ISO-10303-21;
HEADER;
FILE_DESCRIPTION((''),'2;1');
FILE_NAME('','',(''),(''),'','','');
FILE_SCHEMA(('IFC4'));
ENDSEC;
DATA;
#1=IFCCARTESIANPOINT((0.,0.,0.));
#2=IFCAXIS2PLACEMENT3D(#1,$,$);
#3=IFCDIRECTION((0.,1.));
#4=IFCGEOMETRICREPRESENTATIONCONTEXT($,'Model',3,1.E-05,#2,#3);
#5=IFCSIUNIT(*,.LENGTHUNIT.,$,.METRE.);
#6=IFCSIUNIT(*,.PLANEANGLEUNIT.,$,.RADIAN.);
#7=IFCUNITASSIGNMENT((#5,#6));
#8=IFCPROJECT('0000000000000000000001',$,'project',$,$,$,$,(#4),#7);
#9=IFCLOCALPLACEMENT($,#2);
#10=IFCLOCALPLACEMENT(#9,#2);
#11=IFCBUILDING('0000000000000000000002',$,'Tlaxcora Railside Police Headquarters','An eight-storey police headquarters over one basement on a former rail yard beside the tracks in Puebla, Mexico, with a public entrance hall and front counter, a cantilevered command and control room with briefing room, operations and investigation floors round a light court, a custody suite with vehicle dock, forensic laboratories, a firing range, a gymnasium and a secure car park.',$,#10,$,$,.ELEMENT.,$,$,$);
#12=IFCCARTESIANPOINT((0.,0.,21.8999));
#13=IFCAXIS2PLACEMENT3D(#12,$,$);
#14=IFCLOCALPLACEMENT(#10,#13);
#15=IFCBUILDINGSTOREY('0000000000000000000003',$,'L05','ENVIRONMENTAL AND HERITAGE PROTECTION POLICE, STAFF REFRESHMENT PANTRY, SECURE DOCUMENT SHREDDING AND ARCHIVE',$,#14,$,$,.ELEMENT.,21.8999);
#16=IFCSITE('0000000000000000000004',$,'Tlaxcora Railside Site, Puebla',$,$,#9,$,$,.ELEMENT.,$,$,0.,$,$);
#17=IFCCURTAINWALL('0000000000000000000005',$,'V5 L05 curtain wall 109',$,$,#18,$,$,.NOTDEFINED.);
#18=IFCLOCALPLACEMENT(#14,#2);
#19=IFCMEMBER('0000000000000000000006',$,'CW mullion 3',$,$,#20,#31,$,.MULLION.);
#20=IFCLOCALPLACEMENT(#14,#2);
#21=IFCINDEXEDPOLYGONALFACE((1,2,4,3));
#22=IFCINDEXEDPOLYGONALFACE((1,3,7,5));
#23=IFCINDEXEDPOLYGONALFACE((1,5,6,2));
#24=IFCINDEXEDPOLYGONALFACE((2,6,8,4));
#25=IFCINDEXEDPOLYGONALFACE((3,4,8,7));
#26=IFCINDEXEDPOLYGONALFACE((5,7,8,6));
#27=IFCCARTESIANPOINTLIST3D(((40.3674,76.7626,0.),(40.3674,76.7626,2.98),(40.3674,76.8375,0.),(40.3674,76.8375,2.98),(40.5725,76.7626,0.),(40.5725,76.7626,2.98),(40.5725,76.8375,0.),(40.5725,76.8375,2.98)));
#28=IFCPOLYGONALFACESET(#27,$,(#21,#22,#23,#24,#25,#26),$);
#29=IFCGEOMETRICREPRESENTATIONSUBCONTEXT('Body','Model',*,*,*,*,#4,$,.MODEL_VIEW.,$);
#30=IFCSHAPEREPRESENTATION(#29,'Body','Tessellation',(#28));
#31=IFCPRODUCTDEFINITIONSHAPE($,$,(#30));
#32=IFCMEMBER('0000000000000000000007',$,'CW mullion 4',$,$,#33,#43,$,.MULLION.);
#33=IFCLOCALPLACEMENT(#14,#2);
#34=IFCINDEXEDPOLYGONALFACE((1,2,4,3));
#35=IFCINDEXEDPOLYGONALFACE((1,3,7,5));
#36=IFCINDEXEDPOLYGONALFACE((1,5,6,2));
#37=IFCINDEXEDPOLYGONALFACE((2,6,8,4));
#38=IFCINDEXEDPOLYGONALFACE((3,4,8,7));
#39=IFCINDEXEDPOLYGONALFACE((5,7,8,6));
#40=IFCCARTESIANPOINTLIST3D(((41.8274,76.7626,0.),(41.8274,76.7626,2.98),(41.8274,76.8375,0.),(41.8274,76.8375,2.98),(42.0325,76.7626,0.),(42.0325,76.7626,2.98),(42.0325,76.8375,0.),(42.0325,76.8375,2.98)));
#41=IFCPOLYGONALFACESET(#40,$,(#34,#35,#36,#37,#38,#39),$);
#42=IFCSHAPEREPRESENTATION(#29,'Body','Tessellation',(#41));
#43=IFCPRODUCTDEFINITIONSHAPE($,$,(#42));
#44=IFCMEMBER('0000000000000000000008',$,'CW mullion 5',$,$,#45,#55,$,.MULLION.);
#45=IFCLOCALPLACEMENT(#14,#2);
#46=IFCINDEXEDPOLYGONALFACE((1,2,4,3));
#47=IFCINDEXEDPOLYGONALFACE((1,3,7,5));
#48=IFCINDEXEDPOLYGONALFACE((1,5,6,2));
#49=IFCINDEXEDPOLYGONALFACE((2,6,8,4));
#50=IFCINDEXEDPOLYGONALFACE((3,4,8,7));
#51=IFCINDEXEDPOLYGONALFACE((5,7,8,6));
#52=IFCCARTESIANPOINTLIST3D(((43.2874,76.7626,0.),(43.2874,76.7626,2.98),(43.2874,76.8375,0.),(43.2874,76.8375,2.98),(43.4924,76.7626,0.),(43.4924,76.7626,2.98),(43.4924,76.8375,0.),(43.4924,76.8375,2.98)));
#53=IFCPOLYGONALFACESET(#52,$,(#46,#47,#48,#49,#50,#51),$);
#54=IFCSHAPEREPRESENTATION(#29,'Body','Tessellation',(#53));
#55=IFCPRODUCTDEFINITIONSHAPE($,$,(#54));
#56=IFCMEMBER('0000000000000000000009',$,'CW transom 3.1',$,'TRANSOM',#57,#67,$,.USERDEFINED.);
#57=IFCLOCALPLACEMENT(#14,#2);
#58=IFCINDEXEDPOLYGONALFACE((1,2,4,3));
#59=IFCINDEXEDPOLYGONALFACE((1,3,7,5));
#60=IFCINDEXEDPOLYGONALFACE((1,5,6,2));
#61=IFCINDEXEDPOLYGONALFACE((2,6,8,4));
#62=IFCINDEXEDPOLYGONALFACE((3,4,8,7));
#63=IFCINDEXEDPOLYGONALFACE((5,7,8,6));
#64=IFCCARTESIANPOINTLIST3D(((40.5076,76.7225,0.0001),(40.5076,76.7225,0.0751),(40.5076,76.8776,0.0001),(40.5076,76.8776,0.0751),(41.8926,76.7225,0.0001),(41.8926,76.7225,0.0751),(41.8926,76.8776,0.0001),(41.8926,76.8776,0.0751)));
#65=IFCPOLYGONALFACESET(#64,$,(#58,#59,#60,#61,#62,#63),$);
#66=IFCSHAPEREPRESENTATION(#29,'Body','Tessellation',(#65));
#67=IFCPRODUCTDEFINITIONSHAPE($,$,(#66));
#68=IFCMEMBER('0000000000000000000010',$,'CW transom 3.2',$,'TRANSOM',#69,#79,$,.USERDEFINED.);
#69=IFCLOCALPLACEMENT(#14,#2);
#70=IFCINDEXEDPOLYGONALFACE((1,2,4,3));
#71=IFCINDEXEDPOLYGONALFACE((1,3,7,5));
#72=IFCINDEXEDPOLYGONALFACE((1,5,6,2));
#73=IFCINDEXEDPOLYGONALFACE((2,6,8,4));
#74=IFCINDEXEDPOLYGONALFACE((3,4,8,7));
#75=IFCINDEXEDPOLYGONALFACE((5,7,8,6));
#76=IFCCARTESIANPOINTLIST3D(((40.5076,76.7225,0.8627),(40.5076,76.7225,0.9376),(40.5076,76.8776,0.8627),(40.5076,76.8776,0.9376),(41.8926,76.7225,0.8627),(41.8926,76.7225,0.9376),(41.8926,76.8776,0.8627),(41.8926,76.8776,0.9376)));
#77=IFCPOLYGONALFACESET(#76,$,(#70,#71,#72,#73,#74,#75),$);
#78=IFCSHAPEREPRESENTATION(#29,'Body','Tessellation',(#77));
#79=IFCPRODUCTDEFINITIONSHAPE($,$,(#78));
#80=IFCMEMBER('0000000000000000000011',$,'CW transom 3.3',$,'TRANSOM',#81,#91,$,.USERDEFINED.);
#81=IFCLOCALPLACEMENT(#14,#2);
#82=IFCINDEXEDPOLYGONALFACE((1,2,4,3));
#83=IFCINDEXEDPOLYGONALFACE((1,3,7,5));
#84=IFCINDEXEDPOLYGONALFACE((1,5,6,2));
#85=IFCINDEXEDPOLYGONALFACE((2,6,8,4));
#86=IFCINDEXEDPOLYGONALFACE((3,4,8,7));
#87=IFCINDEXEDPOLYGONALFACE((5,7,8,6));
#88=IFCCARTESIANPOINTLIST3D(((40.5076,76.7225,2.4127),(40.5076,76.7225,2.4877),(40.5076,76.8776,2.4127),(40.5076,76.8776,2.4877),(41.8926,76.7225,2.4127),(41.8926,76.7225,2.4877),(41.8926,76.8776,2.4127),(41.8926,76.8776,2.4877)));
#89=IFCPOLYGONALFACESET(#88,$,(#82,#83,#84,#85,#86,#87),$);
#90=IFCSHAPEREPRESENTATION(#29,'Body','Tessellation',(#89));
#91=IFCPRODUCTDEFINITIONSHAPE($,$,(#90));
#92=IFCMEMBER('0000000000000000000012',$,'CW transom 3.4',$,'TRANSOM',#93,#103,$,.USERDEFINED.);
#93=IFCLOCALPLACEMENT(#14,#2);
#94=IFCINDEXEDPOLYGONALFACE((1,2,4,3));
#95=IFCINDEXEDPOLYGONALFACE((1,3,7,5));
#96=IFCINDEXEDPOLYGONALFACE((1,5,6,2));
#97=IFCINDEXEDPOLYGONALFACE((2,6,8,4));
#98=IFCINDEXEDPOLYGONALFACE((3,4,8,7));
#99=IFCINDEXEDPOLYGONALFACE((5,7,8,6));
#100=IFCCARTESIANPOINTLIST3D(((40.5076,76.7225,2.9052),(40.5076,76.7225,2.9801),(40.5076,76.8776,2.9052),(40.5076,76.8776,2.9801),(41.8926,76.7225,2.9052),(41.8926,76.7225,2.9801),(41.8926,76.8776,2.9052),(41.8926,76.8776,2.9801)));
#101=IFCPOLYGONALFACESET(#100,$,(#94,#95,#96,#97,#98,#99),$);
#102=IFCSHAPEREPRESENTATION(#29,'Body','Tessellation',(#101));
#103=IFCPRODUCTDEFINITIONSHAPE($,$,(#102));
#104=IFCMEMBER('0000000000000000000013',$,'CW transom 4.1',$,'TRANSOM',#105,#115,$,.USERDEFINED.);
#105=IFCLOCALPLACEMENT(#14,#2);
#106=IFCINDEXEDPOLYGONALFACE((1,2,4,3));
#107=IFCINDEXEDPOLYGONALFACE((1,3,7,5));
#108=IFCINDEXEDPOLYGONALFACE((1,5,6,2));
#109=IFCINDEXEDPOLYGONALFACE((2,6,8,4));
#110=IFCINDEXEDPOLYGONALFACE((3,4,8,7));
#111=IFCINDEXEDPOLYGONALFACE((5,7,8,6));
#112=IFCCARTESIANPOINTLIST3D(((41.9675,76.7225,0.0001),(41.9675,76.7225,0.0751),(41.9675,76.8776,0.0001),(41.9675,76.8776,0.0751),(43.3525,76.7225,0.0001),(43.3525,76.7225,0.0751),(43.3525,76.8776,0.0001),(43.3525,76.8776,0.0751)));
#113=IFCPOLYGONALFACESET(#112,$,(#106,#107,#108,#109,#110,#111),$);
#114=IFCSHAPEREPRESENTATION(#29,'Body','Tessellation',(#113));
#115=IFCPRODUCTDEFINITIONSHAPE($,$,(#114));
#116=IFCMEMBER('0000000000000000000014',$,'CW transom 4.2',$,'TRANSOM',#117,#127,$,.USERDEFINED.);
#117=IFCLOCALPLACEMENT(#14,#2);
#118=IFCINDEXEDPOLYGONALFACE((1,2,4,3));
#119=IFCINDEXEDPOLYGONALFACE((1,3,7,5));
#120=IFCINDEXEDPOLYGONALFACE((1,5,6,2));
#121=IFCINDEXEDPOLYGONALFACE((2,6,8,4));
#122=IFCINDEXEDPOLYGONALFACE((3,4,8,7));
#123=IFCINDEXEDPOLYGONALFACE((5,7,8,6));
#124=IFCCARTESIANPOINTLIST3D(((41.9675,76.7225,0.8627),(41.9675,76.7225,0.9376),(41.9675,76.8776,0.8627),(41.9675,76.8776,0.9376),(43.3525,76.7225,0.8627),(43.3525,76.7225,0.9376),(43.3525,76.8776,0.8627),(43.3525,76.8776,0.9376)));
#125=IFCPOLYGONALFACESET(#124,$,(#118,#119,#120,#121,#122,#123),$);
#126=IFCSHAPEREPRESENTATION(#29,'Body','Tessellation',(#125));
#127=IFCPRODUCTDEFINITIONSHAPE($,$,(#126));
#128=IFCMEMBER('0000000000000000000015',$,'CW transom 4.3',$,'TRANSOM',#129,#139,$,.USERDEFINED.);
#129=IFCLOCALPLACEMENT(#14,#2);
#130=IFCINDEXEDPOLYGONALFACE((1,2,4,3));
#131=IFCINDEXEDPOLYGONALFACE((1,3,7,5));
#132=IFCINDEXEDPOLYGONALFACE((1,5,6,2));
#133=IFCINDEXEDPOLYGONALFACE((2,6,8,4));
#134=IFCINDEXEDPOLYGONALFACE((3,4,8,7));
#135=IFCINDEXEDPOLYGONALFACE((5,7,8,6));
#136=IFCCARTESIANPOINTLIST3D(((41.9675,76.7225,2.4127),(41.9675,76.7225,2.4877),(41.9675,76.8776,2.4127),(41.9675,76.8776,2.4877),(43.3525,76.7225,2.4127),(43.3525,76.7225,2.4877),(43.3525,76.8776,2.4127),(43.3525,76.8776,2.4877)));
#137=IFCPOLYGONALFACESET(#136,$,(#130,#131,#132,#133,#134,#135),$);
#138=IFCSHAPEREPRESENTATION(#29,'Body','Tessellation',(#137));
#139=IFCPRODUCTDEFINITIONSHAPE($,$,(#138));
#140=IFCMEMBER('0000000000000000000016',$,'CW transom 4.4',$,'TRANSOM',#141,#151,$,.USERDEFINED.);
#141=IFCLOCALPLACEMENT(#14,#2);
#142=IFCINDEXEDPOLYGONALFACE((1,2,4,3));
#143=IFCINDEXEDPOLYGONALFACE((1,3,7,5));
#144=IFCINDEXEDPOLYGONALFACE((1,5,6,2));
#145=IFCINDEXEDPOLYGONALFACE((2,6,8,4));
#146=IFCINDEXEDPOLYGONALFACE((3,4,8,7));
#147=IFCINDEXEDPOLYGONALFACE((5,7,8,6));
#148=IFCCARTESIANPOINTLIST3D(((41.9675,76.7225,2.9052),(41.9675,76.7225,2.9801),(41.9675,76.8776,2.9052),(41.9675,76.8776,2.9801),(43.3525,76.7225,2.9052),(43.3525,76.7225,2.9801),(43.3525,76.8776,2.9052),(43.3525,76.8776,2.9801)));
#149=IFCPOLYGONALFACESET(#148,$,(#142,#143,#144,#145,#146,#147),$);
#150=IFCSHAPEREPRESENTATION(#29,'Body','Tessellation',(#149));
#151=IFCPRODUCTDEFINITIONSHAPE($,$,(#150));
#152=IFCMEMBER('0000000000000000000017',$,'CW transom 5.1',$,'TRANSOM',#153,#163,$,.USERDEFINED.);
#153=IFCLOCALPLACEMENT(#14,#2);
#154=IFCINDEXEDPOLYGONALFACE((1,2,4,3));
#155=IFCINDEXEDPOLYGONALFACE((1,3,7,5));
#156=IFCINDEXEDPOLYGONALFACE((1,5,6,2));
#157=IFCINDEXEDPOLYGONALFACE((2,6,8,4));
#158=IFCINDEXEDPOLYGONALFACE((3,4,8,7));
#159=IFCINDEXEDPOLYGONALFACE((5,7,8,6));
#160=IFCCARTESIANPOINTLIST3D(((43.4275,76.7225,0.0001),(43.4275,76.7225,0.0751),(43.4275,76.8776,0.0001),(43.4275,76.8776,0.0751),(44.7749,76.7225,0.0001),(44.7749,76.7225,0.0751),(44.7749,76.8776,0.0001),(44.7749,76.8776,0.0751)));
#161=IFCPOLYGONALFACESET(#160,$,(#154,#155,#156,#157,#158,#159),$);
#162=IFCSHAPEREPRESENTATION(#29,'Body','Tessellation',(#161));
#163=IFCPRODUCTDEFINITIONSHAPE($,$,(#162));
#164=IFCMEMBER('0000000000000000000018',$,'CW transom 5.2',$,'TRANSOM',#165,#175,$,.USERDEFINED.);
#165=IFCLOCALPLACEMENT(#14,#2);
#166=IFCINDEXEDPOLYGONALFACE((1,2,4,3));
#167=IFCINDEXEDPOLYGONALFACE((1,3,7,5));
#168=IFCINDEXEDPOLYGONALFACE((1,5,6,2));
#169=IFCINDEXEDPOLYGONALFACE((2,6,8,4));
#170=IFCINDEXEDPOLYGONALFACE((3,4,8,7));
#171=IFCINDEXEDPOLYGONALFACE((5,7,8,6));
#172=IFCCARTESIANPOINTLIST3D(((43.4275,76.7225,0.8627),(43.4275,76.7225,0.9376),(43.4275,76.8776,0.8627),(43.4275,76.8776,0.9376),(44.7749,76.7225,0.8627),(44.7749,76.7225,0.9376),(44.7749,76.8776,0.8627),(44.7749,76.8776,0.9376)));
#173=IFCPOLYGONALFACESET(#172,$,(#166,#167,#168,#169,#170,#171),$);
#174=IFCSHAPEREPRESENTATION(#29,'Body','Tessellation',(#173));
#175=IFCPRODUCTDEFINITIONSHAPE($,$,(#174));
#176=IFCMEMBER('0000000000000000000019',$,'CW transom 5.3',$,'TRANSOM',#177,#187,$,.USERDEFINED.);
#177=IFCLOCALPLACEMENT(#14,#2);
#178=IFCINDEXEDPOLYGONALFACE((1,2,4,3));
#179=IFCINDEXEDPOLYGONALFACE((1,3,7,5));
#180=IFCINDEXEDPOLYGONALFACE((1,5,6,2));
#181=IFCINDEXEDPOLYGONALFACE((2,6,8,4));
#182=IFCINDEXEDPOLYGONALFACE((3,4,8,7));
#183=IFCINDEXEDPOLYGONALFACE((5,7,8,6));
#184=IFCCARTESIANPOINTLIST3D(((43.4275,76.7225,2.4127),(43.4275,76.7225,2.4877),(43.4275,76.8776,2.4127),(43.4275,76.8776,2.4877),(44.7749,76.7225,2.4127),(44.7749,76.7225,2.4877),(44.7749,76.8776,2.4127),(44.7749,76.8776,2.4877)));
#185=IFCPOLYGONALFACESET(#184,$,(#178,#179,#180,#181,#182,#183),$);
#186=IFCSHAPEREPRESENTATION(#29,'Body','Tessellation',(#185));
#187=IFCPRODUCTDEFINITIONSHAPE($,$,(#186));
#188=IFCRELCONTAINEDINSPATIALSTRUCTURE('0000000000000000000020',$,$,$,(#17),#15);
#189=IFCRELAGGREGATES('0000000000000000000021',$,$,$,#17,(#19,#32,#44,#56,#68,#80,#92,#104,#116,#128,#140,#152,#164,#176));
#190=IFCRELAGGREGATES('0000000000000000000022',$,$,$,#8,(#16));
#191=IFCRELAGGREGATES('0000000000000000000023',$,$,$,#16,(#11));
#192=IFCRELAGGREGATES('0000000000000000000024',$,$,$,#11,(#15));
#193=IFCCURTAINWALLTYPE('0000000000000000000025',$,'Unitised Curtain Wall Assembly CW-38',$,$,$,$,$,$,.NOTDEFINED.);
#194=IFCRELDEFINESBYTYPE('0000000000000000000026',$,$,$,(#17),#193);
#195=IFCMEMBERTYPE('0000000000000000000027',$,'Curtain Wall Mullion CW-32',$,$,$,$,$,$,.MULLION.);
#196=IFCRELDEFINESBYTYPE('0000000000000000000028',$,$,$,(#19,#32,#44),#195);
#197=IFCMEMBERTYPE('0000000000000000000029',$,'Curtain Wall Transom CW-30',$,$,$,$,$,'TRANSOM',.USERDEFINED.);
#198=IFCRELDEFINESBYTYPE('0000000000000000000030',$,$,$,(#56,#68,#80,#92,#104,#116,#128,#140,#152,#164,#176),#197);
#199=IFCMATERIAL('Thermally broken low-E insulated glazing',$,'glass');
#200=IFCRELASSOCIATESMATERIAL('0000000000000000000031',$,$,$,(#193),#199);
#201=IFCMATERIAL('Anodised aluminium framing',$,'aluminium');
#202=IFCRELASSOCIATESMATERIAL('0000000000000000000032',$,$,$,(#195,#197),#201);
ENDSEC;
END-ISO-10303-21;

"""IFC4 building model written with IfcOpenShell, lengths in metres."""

from ifc_helpers import new_model, si_unit, direction, frame, origin, origin_2d, place, context, subcontext, project, spatial, rectangle, extrude, material, material_profile, profile_set, type_object, element, aggregate, save


model = new_model("IFC4")

# Units and contexts
model_context = context("Model", 3, precision=1e-05, world=origin(), true_north=direction((0.0, 1.0)))
body_context = subcontext(model_context, "Body", "Model", "MODEL_VIEW")
ifc_project = project(units=[si_unit("LENGTHUNIT", "METRE"), si_unit("PLANEANGLEUNIT", "RADIAN")], contexts=[model_context])

# Site, building, storey
site_placement = place(None, origin())
site = spatial("IfcSite", under=ifc_project, at=site_placement, Name="Tlaxcora Railside Site, Puebla", CompositionType="ELEMENT", RefElevation=0.0)
building_placement = place(site_placement, origin())
building = spatial("IfcBuilding", under=site, at=building_placement, Name="Tlaxcora Railside Police Headquarters", Description="An eight-storey police headquarters over one basement on a former rail yard beside the tracks in Puebla, Mexico, with a public entrance hall and front counter, a cantilevered command and control room with briefing room, operations and investigation floors round a light court, a custody suite with vehicle dock, forensic laboratories, a firing range, a gymnasium and a secure car park.", CompositionType="ELEMENT")
storey_placement = place(building_placement, frame((0.0, 0.0, 21.8999)))
storey = spatial("IfcBuildingStorey", under=building, at=storey_placement, Name="L05", Description="ENVIRONMENTAL AND HERITAGE PROTECTION POLICE, STAFF REFRESHMENT PANTRY, SECURE DOCUMENT SHREDDING AND ARCHIVE", CompositionType="ELEMENT", Elevation=21.8999)

# Curtain wall, members
ifc_material_1 = material(Name="Thermally broken low-E insulated glazing", Category="glass")
curtain_wall_type = type_object("IfcCurtainWallType", Name="Unitised Curtain Wall Assembly CW-38", PredefinedType="NOTDEFINED", material=ifc_material_1)
curtain_wall_placement = place(storey_placement, origin())
curtain_wall = element("IfcCurtainWall", 1, at=curtain_wall_placement, inside=storey, type_object=curtain_wall_type, Name="V5 L05 curtain wall 109", PredefinedType="NOTDEFINED")
ifc_material_2 = material(Name="Anodised aluminium framing", Category="aluminium")
ifc_material_profile_1 = material_profile(ifc_material_2, rectangle(XDim=0.075, YDim=0.2051, at=origin_2d()), Name="AL75X205")
ifc_profile_set_1 = profile_set([ifc_material_profile_1], Name="Anodised aluminium framing")
member_type_1 = type_object("IfcMemberType", Name="Curtain Wall Mullion CW-32", PredefinedType="MULLION", material=ifc_profile_set_1)
member_1_placement = place(storey_placement, frame((40.47, 76.8, 0.0), z_axis=(0.0, 0.0, 1.0), x_axis=(0.0, 1.0, 0.0)))
member_1 = element("IfcMember", 2, at=member_1_placement, type_object=member_type_1, Name="CW mullion 3", PredefinedType="MULLION", context=body_context, shape_type="SweptSolid", body=[
    extrude(rectangle(XDim=0.075, YDim=0.2051, at=origin_2d()), origin(), (0.0, 0.0, 1.0), 2.98),
])
member_2_placement = place(storey_placement, frame((41.9299, 76.8, 0.0), z_axis=(0.0, 0.0, 1.0), x_axis=(0.0, 1.0, 0.0)))
member_2 = element("IfcMember", 3, at=member_2_placement, type_object=member_type_1, Name="CW mullion 4", PredefinedType="MULLION", context=body_context, shape_type="SweptSolid", body=[
    extrude(rectangle(XDim=0.075, YDim=0.2051, at=origin_2d()), origin(), (0.0, 0.0, 1.0), 2.98),
])
member_3_placement = place(storey_placement, frame((43.3899, 76.8, 0.0), z_axis=(0.0, 0.0, 1.0), x_axis=(0.0, 1.0, 0.0)))
member_3 = element("IfcMember", 4, at=member_3_placement, type_object=member_type_1, Name="CW mullion 5", PredefinedType="MULLION", context=body_context, shape_type="SweptSolid", body=[
    extrude(rectangle(XDim=0.075, YDim=0.2051, at=origin_2d()), origin(), (0.0, 0.0, 1.0), 2.98),
])
ifc_material_profile_2 = material_profile(ifc_material_2, rectangle(XDim=0.155, YDim=0.075, at=origin_2d()), Name="AL75X155")
ifc_profile_set_2 = profile_set([ifc_material_profile_2], Name="Anodised aluminium framing")
member_type_2 = type_object("IfcMemberType", Name="Curtain Wall Transom CW-30", ElementType="TRANSOM", PredefinedType="USERDEFINED", material=ifc_profile_set_2)
member_4_placement = place(storey_placement, frame((40.5076, 76.8, 0.0376), z_axis=(1.0, 0.0, 0.0), x_axis=(0.0, 1.0, 0.0)))
member_4 = element("IfcMember", 5, at=member_4_placement, type_object=member_type_2, Name="CW transom 3.1", ObjectType="TRANSOM", PredefinedType="USERDEFINED", context=body_context, shape_type="SweptSolid", body=[
    extrude(rectangle(XDim=0.155, YDim=0.075, at=origin_2d()), origin(), (0.0, 0.0, 1.0), 1.385),
])
member_5_placement = place(storey_placement, frame((40.5076, 76.8, 0.9001), z_axis=(1.0, 0.0, 0.0), x_axis=(0.0, 1.0, 0.0)))
member_5 = element("IfcMember", 6, at=member_5_placement, type_object=member_type_2, Name="CW transom 3.2", ObjectType="TRANSOM", PredefinedType="USERDEFINED", context=body_context, shape_type="SweptSolid", body=[
    extrude(rectangle(XDim=0.155, YDim=0.075, at=origin_2d()), origin(), (0.0, 0.0, 1.0), 1.385),
])
member_6_placement = place(storey_placement, frame((40.5076, 76.8, 2.4502), z_axis=(1.0, 0.0, 0.0), x_axis=(0.0, 1.0, 0.0)))
member_6 = element("IfcMember", 7, at=member_6_placement, type_object=member_type_2, Name="CW transom 3.3", ObjectType="TRANSOM", PredefinedType="USERDEFINED", context=body_context, shape_type="SweptSolid", body=[
    extrude(rectangle(XDim=0.155, YDim=0.075, at=origin_2d()), origin(), (0.0, 0.0, 1.0), 1.385),
])
member_7_placement = place(storey_placement, frame((40.5076, 76.8, 2.9426), z_axis=(1.0, 0.0, 0.0), x_axis=(0.0, 1.0, 0.0)))
member_7 = element("IfcMember", 8, at=member_7_placement, type_object=member_type_2, Name="CW transom 3.4", ObjectType="TRANSOM", PredefinedType="USERDEFINED", context=body_context, shape_type="SweptSolid", body=[
    extrude(rectangle(XDim=0.155, YDim=0.075, at=origin_2d()), origin(), (0.0, 0.0, 1.0), 1.385),
])
member_8_placement = place(storey_placement, frame((41.9675, 76.8, 0.0376), z_axis=(1.0, 0.0, 0.0), x_axis=(0.0, 1.0, 0.0)))
member_8 = element("IfcMember", 9, at=member_8_placement, type_object=member_type_2, Name="CW transom 4.1", ObjectType="TRANSOM", PredefinedType="USERDEFINED", context=body_context, shape_type="SweptSolid", body=[
    extrude(rectangle(XDim=0.155, YDim=0.075, at=origin_2d()), origin(), (0.0, 0.0, 1.0), 1.385),
])
member_9_placement = place(storey_placement, frame((41.9675, 76.8, 0.9001), z_axis=(1.0, 0.0, 0.0), x_axis=(0.0, 1.0, 0.0)))
member_9 = element("IfcMember", 10, at=member_9_placement, type_object=member_type_2, Name="CW transom 4.2", ObjectType="TRANSOM", PredefinedType="USERDEFINED", context=body_context, shape_type="SweptSolid", body=[
    extrude(rectangle(XDim=0.155, YDim=0.075, at=origin_2d()), origin(), (0.0, 0.0, 1.0), 1.385),
])
member_10_placement = place(storey_placement, frame((41.9675, 76.8, 2.4502), z_axis=(1.0, 0.0, 0.0), x_axis=(0.0, 1.0, 0.0)))
member_10 = element("IfcMember", 11, at=member_10_placement, type_object=member_type_2, Name="CW transom 4.3", ObjectType="TRANSOM", PredefinedType="USERDEFINED", context=body_context, shape_type="SweptSolid", body=[
    extrude(rectangle(XDim=0.155, YDim=0.075, at=origin_2d()), origin(), (0.0, 0.0, 1.0), 1.385),
])
member_11_placement = place(storey_placement, frame((41.9675, 76.8, 2.9426), z_axis=(1.0, 0.0, 0.0), x_axis=(0.0, 1.0, 0.0)))
member_11 = element("IfcMember", 12, at=member_11_placement, type_object=member_type_2, Name="CW transom 4.4", ObjectType="TRANSOM", PredefinedType="USERDEFINED", context=body_context, shape_type="SweptSolid", body=[
    extrude(rectangle(XDim=0.155, YDim=0.075, at=origin_2d()), origin(), (0.0, 0.0, 1.0), 1.385),
])
member_12_placement = place(storey_placement, frame((43.4275, 76.8, 0.0376), z_axis=(1.0, 0.0, 0.0), x_axis=(0.0, 1.0, 0.0)))
member_12 = element("IfcMember", 13, at=member_12_placement, type_object=member_type_2, Name="CW transom 5.1", ObjectType="TRANSOM", PredefinedType="USERDEFINED", context=body_context, shape_type="SweptSolid", body=[
    extrude(rectangle(XDim=0.155, YDim=0.075, at=origin_2d()), origin(), (0.0, 0.0, 1.0), 1.3474),
])
member_13_placement = place(storey_placement, frame((43.4275, 76.8, 0.9001), z_axis=(1.0, 0.0, 0.0), x_axis=(0.0, 1.0, 0.0)))
member_13 = element("IfcMember", 14, at=member_13_placement, type_object=member_type_2, Name="CW transom 5.2", ObjectType="TRANSOM", PredefinedType="USERDEFINED", context=body_context, shape_type="SweptSolid", body=[
    extrude(rectangle(XDim=0.155, YDim=0.075, at=origin_2d()), origin(), (0.0, 0.0, 1.0), 1.3474),
])
member_14_placement = place(storey_placement, frame((43.4275, 76.8, 2.4502), z_axis=(1.0, 0.0, 0.0), x_axis=(0.0, 1.0, 0.0)))
member_14 = element("IfcMember", 15, at=member_14_placement, type_object=member_type_2, Name="CW transom 5.3", ObjectType="TRANSOM", PredefinedType="USERDEFINED", context=body_context, shape_type="SweptSolid", body=[
    extrude(rectangle(XDim=0.155, YDim=0.075, at=origin_2d()), origin(), (0.0, 0.0, 1.0), 1.3474),
])
aggregate(curtain_wall, [member_1, member_2, member_3, member_4, member_5, member_6, member_7, member_8, member_9, member_10, member_11, member_12, member_13, member_14])

save(model, "model.ifc")
